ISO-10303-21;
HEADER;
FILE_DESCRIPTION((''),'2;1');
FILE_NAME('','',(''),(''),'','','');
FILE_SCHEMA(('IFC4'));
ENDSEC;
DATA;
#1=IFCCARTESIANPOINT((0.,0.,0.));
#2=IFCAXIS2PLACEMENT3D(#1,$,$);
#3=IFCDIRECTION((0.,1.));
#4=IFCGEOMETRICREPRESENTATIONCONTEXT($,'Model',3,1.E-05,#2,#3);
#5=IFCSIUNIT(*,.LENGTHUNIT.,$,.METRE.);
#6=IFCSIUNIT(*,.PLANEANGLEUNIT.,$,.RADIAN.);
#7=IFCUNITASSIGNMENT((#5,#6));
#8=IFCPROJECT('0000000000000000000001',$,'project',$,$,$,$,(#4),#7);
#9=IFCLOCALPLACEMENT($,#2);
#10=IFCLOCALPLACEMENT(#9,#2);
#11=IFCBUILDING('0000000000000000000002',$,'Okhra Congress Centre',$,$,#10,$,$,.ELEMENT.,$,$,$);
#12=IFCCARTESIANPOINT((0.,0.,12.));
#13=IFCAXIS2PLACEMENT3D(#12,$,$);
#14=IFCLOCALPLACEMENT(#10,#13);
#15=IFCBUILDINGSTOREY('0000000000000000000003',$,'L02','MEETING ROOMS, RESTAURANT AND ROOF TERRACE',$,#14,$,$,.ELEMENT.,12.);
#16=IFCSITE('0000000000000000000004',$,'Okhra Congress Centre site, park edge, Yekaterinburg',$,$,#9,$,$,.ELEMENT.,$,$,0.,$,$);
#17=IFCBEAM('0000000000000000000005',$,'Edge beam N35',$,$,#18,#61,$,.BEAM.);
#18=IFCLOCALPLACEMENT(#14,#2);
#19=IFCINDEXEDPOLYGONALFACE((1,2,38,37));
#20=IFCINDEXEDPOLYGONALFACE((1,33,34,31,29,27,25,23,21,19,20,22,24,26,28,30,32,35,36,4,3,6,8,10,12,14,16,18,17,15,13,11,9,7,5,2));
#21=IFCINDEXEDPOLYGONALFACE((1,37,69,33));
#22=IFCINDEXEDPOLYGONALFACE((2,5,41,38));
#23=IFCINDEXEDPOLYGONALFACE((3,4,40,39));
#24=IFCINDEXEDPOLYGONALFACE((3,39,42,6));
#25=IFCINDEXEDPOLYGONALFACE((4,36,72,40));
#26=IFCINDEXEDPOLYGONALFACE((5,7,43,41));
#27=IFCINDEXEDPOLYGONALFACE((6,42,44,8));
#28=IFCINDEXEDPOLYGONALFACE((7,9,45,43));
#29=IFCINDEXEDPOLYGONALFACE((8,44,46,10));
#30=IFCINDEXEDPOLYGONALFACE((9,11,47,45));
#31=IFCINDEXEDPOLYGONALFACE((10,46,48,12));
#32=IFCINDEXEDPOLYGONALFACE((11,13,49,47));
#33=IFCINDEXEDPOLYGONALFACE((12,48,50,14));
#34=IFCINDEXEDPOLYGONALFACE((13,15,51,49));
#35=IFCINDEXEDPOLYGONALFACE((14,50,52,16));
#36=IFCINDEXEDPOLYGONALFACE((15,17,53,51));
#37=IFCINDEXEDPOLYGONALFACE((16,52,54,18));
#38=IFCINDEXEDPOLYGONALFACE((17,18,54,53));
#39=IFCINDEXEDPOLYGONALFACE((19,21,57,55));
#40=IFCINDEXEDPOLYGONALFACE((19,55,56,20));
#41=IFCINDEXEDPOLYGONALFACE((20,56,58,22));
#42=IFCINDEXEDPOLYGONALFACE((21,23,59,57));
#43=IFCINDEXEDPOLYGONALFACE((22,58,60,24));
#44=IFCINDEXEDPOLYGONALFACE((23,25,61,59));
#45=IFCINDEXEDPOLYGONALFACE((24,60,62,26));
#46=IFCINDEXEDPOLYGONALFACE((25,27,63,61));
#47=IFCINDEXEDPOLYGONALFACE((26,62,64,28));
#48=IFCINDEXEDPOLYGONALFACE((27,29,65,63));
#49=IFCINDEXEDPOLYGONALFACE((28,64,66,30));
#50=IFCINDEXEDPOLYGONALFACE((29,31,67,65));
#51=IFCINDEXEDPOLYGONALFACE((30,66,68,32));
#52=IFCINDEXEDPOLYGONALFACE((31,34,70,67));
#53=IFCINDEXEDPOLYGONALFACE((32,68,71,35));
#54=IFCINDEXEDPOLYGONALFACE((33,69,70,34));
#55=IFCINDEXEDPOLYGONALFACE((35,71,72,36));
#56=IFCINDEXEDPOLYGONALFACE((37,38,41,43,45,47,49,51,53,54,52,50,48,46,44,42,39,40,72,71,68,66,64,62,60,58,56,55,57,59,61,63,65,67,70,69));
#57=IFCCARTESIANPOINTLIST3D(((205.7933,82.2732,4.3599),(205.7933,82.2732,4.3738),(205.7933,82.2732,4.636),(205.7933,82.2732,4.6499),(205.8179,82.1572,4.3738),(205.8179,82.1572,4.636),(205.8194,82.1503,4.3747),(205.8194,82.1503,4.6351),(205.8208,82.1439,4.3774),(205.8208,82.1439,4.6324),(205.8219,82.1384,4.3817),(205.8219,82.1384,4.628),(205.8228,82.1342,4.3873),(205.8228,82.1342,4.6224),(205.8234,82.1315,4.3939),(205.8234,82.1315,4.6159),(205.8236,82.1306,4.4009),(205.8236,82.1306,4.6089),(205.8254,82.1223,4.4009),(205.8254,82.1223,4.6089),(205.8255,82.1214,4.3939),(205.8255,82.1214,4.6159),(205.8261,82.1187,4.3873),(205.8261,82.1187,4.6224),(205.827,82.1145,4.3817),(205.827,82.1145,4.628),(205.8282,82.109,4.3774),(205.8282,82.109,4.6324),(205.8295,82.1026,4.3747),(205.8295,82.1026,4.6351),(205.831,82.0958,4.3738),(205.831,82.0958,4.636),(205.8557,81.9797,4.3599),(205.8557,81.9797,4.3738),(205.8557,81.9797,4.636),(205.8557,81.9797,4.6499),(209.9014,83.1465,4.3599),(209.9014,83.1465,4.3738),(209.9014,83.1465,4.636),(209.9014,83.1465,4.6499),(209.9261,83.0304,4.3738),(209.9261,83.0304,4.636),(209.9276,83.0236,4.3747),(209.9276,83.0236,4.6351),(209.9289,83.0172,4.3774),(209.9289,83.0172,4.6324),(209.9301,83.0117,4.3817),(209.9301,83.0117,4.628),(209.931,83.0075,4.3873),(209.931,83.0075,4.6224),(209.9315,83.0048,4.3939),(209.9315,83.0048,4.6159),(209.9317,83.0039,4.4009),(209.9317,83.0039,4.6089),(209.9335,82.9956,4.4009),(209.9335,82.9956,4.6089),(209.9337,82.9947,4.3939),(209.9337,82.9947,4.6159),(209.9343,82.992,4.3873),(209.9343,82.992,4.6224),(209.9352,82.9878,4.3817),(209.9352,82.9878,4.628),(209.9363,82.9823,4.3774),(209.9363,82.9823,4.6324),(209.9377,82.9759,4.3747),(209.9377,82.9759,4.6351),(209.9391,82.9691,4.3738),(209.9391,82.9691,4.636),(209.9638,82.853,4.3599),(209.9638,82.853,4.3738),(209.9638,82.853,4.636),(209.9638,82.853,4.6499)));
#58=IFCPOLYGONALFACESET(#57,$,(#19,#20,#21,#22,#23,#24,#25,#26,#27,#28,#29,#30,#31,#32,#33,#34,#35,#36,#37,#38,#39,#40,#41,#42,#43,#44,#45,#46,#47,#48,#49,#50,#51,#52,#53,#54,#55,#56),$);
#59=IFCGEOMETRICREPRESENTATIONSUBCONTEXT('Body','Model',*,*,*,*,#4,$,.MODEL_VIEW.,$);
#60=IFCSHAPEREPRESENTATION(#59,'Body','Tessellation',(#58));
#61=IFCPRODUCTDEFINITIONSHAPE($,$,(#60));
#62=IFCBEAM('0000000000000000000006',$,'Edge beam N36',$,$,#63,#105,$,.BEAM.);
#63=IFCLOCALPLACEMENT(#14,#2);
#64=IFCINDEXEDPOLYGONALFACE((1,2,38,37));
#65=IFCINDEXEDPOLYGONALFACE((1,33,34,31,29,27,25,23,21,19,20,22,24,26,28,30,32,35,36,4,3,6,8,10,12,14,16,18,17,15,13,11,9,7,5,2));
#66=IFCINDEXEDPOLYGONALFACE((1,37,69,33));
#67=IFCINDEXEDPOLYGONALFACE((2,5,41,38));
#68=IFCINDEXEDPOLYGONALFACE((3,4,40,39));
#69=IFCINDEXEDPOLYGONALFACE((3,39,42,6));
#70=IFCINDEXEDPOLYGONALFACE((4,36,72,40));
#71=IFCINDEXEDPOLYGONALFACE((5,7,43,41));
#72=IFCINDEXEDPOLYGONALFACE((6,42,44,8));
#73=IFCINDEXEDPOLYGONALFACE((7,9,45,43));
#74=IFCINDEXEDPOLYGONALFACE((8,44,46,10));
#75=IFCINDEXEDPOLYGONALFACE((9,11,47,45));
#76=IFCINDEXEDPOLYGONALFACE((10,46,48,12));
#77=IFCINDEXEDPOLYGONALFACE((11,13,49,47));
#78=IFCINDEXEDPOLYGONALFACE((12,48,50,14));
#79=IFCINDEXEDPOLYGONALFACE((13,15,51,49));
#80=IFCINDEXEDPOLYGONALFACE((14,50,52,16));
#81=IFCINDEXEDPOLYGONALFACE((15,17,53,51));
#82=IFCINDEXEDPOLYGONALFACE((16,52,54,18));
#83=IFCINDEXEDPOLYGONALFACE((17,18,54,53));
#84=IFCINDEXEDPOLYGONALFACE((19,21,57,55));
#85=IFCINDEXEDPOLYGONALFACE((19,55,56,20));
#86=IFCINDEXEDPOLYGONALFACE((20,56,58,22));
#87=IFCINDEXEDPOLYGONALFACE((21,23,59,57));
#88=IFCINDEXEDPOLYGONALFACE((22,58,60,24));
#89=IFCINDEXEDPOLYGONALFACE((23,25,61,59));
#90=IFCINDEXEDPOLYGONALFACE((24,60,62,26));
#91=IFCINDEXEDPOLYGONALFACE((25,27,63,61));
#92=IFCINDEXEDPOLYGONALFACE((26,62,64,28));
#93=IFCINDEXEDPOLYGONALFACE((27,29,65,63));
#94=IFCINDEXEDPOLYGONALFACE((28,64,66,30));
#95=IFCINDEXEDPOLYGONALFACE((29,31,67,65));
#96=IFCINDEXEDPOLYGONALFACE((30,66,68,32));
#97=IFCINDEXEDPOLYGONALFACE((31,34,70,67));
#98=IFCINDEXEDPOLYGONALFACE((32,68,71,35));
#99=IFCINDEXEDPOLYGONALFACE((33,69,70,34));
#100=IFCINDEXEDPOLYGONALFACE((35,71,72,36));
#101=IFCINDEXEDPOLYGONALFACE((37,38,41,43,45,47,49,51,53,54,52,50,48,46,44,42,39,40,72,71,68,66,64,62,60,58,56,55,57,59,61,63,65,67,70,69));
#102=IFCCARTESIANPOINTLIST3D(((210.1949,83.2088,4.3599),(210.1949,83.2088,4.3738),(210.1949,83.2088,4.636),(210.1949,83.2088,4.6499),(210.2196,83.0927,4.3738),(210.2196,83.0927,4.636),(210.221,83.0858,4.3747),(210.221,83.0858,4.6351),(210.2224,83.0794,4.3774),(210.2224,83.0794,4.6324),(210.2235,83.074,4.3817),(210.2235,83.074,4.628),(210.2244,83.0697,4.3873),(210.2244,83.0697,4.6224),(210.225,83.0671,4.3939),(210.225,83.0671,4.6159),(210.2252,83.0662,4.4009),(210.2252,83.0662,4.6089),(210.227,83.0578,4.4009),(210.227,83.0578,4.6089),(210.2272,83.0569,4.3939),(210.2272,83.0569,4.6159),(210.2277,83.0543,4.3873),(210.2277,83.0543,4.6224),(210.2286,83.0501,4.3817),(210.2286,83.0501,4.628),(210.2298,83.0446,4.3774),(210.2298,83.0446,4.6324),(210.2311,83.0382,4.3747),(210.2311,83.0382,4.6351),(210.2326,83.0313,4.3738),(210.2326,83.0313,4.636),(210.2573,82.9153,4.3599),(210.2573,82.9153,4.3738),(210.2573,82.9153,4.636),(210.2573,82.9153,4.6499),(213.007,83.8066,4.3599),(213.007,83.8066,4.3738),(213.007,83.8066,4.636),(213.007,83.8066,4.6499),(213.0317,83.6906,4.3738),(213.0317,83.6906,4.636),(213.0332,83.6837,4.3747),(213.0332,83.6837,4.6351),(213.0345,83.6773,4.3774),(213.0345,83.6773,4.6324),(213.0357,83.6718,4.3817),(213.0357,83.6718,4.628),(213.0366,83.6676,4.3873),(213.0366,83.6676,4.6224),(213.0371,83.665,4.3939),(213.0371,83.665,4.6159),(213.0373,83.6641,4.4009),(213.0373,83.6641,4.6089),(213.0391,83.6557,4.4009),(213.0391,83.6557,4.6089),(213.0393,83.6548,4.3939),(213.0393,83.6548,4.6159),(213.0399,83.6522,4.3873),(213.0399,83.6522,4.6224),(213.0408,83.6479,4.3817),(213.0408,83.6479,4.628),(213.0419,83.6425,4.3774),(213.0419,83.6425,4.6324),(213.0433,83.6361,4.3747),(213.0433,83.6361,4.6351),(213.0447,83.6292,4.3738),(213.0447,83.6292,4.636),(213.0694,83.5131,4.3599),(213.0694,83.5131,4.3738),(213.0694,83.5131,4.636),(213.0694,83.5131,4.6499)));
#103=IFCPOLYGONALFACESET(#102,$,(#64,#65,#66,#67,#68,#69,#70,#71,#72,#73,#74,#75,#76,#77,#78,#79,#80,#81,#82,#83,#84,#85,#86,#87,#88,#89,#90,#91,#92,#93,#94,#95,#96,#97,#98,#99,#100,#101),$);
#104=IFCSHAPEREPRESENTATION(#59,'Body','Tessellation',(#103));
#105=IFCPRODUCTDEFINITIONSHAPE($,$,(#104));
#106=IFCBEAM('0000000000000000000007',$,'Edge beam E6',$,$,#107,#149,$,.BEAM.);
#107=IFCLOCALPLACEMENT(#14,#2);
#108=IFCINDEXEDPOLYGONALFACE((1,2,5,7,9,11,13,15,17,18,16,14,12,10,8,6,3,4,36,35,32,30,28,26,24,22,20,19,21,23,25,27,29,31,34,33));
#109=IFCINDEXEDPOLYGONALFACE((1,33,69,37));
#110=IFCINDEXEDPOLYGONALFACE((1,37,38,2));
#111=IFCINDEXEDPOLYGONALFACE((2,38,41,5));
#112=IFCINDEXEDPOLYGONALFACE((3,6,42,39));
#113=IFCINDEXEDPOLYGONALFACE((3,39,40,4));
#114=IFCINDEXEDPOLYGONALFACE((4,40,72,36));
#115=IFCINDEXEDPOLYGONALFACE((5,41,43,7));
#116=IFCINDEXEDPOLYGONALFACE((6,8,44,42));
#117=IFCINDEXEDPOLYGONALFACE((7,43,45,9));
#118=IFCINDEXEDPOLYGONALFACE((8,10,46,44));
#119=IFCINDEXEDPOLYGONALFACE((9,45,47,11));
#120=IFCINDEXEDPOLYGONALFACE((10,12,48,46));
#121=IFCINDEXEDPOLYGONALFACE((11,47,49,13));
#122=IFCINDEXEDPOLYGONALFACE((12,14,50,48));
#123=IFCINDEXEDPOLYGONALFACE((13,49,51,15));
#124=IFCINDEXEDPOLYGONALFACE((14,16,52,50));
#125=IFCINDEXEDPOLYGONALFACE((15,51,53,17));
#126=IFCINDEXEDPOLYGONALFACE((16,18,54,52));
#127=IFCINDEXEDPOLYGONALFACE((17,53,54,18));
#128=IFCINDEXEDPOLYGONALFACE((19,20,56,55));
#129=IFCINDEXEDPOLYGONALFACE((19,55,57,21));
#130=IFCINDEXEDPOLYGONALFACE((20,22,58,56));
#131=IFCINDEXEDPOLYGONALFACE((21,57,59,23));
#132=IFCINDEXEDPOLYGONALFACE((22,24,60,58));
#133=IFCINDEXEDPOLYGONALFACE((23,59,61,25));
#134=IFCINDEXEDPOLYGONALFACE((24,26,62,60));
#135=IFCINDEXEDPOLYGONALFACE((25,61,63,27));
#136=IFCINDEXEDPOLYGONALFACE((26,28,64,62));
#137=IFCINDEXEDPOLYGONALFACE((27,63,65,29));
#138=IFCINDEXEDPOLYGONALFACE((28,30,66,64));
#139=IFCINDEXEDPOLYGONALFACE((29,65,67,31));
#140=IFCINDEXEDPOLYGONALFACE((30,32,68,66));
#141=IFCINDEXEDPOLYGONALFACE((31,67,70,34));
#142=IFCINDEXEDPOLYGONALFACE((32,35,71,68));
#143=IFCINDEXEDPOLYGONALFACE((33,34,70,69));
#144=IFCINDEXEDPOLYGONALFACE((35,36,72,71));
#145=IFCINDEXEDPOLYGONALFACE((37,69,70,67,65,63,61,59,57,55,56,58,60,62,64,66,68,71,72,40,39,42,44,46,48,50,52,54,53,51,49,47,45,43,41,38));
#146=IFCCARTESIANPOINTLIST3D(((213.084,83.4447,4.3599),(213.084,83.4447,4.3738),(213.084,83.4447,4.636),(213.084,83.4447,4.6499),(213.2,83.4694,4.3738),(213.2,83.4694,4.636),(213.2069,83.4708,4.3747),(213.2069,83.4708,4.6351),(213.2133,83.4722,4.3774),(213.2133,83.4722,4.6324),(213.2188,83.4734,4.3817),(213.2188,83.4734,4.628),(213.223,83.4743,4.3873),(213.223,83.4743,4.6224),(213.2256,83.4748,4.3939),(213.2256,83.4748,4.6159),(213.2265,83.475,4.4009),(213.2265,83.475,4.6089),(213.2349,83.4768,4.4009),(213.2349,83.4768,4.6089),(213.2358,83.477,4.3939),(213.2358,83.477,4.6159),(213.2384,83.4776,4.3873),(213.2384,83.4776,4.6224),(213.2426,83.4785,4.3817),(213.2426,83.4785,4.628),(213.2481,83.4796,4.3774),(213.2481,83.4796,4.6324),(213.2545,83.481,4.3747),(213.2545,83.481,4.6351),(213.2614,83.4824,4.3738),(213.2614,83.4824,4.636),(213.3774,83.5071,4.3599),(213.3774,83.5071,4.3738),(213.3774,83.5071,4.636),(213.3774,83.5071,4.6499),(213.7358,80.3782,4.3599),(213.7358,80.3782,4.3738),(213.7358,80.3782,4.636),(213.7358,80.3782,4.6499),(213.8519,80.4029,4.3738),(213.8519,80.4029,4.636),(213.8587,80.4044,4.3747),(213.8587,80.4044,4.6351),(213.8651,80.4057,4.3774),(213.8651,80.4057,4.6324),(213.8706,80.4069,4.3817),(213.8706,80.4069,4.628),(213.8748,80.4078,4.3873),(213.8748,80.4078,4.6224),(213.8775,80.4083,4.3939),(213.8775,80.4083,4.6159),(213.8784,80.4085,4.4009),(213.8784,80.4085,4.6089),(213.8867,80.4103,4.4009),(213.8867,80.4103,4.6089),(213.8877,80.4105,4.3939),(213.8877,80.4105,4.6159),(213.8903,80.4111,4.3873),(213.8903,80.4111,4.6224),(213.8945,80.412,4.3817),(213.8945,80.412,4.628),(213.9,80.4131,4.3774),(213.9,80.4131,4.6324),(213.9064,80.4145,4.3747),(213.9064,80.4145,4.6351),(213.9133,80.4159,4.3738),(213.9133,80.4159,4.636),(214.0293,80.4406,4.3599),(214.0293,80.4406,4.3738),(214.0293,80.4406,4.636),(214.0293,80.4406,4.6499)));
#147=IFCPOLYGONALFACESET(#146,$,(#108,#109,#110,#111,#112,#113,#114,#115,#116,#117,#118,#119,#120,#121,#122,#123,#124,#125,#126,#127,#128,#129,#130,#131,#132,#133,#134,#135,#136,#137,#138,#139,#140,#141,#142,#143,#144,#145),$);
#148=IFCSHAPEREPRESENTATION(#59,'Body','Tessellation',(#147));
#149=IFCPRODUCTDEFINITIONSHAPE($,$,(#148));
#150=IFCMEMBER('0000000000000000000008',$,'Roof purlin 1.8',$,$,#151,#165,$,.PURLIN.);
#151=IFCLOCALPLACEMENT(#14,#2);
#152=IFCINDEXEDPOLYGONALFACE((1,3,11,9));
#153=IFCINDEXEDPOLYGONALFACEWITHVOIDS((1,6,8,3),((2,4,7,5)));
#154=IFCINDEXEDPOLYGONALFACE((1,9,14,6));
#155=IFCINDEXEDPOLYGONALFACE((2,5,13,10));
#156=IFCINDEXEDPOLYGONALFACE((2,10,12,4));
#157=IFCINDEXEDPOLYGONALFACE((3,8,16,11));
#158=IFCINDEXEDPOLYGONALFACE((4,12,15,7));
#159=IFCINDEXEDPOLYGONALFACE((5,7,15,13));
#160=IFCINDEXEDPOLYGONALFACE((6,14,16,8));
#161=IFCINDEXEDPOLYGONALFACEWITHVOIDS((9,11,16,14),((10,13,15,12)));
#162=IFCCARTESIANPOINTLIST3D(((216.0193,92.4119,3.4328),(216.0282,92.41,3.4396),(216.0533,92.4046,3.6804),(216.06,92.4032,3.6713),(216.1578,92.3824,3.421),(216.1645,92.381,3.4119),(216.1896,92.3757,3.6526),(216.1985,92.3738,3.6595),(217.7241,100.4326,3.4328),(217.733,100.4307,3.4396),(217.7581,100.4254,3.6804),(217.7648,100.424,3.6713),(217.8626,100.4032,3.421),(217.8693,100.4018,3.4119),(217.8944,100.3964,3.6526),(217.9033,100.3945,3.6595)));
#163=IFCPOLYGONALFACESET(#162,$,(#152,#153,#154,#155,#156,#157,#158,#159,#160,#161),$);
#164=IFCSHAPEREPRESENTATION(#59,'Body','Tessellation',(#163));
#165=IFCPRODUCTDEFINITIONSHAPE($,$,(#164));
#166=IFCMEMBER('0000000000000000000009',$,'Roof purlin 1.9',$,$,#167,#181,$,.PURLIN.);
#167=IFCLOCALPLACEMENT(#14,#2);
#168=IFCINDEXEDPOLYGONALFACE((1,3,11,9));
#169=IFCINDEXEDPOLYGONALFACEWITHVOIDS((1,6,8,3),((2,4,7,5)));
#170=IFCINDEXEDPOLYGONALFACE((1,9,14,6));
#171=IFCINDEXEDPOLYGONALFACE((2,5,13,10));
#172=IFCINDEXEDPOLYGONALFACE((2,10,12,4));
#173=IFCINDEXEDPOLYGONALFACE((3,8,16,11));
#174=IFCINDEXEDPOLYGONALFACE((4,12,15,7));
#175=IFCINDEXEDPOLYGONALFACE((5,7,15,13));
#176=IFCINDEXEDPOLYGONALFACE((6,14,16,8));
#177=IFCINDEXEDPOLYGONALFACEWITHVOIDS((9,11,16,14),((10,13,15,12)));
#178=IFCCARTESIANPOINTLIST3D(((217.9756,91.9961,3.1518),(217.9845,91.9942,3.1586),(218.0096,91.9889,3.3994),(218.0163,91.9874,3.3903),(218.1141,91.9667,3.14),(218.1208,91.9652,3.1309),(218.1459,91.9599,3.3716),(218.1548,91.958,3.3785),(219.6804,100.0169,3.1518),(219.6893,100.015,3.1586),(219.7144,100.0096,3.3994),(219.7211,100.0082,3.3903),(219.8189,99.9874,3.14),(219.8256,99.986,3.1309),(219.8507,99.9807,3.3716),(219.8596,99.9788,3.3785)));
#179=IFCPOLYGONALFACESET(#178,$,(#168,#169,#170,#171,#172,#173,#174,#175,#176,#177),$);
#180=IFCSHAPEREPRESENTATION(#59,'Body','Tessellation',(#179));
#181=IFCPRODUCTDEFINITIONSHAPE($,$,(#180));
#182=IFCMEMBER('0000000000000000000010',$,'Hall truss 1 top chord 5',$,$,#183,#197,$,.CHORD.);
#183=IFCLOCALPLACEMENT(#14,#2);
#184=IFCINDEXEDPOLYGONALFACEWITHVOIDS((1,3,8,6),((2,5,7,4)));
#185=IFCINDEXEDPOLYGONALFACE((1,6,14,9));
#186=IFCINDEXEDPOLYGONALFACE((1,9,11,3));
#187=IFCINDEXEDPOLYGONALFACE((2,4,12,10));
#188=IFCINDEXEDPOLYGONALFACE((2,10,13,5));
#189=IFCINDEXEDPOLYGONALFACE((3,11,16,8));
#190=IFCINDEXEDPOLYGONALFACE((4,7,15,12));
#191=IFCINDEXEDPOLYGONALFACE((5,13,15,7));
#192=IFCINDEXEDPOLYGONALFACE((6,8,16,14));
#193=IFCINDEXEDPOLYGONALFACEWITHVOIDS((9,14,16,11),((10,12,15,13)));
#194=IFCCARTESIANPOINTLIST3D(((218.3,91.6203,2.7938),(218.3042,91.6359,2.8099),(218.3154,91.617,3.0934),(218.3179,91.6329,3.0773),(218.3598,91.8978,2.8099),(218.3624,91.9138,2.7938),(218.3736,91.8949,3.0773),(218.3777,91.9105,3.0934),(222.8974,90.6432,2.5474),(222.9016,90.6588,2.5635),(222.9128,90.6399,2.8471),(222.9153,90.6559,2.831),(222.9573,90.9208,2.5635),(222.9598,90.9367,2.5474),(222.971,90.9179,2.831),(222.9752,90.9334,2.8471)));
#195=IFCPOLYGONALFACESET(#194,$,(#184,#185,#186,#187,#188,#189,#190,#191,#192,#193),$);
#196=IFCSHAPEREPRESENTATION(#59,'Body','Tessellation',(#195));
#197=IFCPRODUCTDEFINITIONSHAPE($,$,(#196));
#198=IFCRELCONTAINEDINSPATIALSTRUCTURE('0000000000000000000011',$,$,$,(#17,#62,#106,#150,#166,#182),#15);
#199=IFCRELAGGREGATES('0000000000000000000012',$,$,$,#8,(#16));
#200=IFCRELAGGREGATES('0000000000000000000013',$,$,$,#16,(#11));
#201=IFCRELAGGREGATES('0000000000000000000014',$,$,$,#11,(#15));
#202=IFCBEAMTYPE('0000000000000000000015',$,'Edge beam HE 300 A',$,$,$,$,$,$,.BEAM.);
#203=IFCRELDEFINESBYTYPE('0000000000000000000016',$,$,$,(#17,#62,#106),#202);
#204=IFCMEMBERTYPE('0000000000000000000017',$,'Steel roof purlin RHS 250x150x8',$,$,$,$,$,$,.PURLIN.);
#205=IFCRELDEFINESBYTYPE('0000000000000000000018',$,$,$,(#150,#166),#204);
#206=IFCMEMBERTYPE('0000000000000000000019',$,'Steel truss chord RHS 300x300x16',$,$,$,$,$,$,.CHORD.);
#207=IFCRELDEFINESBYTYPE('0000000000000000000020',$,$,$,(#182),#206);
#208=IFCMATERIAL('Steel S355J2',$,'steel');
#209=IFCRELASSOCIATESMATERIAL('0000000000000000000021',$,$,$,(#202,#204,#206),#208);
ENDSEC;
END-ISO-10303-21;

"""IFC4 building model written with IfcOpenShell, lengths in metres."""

from ifc_helpers import new_model, si_unit, direction, frame, origin, origin_2d, place, context, subcontext, project, spatial, hollow_rectangle, i_section, extrude, material, material_profile, profile_set, type_object, element, save


model = new_model("IFC4")

# Units and contexts
model_context = context("Model", 3, precision=1e-05, world=origin(), true_north=direction((0.0, 1.0)))
body_context = subcontext(model_context, "Body", "Model", "MODEL_VIEW")
ifc_project = project(units=[si_unit("LENGTHUNIT", "METRE"), si_unit("PLANEANGLEUNIT", "RADIAN")], contexts=[model_context])

# Site, building, storey
site_placement = place(None, origin())
site = spatial("IfcSite", under=ifc_project, at=site_placement, Name="Okhra Congress Centre site, park edge, Yekaterinburg", CompositionType="ELEMENT", RefElevation=0.0)
building_placement = place(site_placement, origin())
building = spatial("IfcBuilding", under=site, at=building_placement, Name="Okhra Congress Centre", CompositionType="ELEMENT")
storey_placement = place(building_placement, frame((0.0, 0.0, 12.0)))
storey = spatial("IfcBuildingStorey", under=building, at=storey_placement, Name="L02", Description="MEETING ROOMS, RESTAURANT AND ROOF TERRACE", CompositionType="ELEMENT", Elevation=12.0)

# Shared definitions
ifc_material_1 = material(Name="Steel S355J2", Category="steel")

# Beams
ifc_material_profile_1 = material_profile(ifc_material_1, i_section(OverallWidth=0.3, OverallDepth=0.29, WebThickness=0.0085, FlangeThickness=0.0139, FilletRadius=0.0271, at=origin_2d()), Name="HE 300 A")
ifc_profile_set_1 = profile_set([ifc_material_profile_1], Name="Steel S355J2")
beam_type = type_object("IfcBeamType", Name="Edge beam HE 300 A", PredefinedType="BEAM", material=ifc_profile_set_1)
beam_1_placement = place(storey_placement, frame((205.8245, 82.1265, 4.5049), z_axis=(0.978144, 0.207929, 0.0), x_axis=(-0.207929, 0.978144, 0.0)))
element("IfcBeam", 1, at=beam_1_placement, inside=storey, type_object=beam_type, Name="Edge beam N35", PredefinedType="BEAM", context=body_context, shape_type="SweptSolid", body=[
    extrude(i_section(OverallWidth=0.3, OverallDepth=0.29, WebThickness=0.0085, FlangeThickness=0.0139, FilletRadius=0.0271, at=origin_2d()), origin(), (0.0, 0.0, 1.0), 4.2),
])
beam_2_placement = place(storey_placement, frame((210.2261, 83.062, 4.5049), z_axis=(0.978138, 0.207957, 0.0), x_axis=(-0.207957, 0.978138, 0.0)))
element("IfcBeam", 2, at=beam_2_placement, inside=storey, type_object=beam_type, Name="Edge beam N36", PredefinedType="BEAM", context=body_context, shape_type="SweptSolid", body=[
    extrude(i_section(OverallWidth=0.3, OverallDepth=0.29, WebThickness=0.0085, FlangeThickness=0.0139, FilletRadius=0.0271, at=origin_2d()), origin(), (0.0, 0.0, 1.0), 2.875),
])
beam_3_placement = place(storey_placement, frame((213.8826, 80.4094, 4.5049), z_axis=(-0.207933, 0.978143, 0.0), x_axis=(-0.978143, -0.207933, 0.0)))
element("IfcBeam", 3, at=beam_3_placement, inside=storey, type_object=beam_type, Name="Edge beam E6", PredefinedType="BEAM", context=body_context, shape_type="SweptSolid", body=[
    extrude(i_section(OverallWidth=0.3, OverallDepth=0.29, WebThickness=0.0085, FlangeThickness=0.0139, FilletRadius=0.0271, at=origin_2d()), origin(), (0.0, 0.0, 1.0), 3.135),
])

# Members
ifc_material_profile_2 = material_profile(ifc_material_1, hollow_rectangle(XDim=0.1499, YDim=0.25, WallThickness=0.0081, at=origin_2d()), Name="RHS 250x150x8")
ifc_profile_set_2 = profile_set([ifc_material_profile_2], Name="Steel S355J2")
member_type_1 = type_object("IfcMemberType", Name="Steel roof purlin RHS 250x150x8", PredefinedType="PURLIN", material=ifc_profile_set_2)
for number, where, z_axis, x_axis, name in (
    (4, (216.1089, 92.3928, 3.5461), (0.207908, 0.978148, 0.0), (-0.968629, 0.205885, 0.139173), "Roof purlin 1.8"),
    (5, (218.0652, 91.9771, 3.2651), (0.207908, 0.978148, 0.0), (-0.968629, 0.205885, 0.139173), "Roof purlin 1.9"),
):
    element("IfcMember", number, at=place(storey_placement, frame(where, z_axis=z_axis, x_axis=x_axis)), inside=storey, type_object=member_type_1, Name=name, PredefinedType="PURLIN", context=body_context, shape_type="SweptSolid", body=[
        extrude(hollow_rectangle(XDim=0.1499, YDim=0.25, WallThickness=0.0081, at=origin_2d()), origin(), (0.0, 0.0, 1.0), 8.2),
    ])
ifc_material_profile_3 = material_profile(ifc_material_1, hollow_rectangle(XDim=0.3, YDim=0.3, WallThickness=0.0161, at=origin_2d()), Name="RHS 300x300x16")
ifc_profile_set_3 = profile_set([ifc_material_profile_3], Name="Steel S355J2")
member_type_2 = type_object("IfcMemberType", Name="Steel truss chord RHS 300x300x16", PredefinedType="CHORD", material=ifc_profile_set_3)
member_placement = place(storey_placement, frame((218.3389, 91.7654, 2.9436), z_axis=(0.976814, -0.207594, -0.052339), x_axis=(0.207879, 0.978154, 0.0)))
element("IfcMember", 6, at=member_placement, inside=storey, type_object=member_type_2, Name="Hall truss 1 top chord 5", PredefinedType="CHORD", context=body_context, shape_type="SweptSolid", body=[
    extrude(hollow_rectangle(XDim=0.3, YDim=0.3, WallThickness=0.0161, at=origin_2d()), origin(), (0.0, 0.0, 1.0), 4.7065),
])

save(model, "model.ifc")
